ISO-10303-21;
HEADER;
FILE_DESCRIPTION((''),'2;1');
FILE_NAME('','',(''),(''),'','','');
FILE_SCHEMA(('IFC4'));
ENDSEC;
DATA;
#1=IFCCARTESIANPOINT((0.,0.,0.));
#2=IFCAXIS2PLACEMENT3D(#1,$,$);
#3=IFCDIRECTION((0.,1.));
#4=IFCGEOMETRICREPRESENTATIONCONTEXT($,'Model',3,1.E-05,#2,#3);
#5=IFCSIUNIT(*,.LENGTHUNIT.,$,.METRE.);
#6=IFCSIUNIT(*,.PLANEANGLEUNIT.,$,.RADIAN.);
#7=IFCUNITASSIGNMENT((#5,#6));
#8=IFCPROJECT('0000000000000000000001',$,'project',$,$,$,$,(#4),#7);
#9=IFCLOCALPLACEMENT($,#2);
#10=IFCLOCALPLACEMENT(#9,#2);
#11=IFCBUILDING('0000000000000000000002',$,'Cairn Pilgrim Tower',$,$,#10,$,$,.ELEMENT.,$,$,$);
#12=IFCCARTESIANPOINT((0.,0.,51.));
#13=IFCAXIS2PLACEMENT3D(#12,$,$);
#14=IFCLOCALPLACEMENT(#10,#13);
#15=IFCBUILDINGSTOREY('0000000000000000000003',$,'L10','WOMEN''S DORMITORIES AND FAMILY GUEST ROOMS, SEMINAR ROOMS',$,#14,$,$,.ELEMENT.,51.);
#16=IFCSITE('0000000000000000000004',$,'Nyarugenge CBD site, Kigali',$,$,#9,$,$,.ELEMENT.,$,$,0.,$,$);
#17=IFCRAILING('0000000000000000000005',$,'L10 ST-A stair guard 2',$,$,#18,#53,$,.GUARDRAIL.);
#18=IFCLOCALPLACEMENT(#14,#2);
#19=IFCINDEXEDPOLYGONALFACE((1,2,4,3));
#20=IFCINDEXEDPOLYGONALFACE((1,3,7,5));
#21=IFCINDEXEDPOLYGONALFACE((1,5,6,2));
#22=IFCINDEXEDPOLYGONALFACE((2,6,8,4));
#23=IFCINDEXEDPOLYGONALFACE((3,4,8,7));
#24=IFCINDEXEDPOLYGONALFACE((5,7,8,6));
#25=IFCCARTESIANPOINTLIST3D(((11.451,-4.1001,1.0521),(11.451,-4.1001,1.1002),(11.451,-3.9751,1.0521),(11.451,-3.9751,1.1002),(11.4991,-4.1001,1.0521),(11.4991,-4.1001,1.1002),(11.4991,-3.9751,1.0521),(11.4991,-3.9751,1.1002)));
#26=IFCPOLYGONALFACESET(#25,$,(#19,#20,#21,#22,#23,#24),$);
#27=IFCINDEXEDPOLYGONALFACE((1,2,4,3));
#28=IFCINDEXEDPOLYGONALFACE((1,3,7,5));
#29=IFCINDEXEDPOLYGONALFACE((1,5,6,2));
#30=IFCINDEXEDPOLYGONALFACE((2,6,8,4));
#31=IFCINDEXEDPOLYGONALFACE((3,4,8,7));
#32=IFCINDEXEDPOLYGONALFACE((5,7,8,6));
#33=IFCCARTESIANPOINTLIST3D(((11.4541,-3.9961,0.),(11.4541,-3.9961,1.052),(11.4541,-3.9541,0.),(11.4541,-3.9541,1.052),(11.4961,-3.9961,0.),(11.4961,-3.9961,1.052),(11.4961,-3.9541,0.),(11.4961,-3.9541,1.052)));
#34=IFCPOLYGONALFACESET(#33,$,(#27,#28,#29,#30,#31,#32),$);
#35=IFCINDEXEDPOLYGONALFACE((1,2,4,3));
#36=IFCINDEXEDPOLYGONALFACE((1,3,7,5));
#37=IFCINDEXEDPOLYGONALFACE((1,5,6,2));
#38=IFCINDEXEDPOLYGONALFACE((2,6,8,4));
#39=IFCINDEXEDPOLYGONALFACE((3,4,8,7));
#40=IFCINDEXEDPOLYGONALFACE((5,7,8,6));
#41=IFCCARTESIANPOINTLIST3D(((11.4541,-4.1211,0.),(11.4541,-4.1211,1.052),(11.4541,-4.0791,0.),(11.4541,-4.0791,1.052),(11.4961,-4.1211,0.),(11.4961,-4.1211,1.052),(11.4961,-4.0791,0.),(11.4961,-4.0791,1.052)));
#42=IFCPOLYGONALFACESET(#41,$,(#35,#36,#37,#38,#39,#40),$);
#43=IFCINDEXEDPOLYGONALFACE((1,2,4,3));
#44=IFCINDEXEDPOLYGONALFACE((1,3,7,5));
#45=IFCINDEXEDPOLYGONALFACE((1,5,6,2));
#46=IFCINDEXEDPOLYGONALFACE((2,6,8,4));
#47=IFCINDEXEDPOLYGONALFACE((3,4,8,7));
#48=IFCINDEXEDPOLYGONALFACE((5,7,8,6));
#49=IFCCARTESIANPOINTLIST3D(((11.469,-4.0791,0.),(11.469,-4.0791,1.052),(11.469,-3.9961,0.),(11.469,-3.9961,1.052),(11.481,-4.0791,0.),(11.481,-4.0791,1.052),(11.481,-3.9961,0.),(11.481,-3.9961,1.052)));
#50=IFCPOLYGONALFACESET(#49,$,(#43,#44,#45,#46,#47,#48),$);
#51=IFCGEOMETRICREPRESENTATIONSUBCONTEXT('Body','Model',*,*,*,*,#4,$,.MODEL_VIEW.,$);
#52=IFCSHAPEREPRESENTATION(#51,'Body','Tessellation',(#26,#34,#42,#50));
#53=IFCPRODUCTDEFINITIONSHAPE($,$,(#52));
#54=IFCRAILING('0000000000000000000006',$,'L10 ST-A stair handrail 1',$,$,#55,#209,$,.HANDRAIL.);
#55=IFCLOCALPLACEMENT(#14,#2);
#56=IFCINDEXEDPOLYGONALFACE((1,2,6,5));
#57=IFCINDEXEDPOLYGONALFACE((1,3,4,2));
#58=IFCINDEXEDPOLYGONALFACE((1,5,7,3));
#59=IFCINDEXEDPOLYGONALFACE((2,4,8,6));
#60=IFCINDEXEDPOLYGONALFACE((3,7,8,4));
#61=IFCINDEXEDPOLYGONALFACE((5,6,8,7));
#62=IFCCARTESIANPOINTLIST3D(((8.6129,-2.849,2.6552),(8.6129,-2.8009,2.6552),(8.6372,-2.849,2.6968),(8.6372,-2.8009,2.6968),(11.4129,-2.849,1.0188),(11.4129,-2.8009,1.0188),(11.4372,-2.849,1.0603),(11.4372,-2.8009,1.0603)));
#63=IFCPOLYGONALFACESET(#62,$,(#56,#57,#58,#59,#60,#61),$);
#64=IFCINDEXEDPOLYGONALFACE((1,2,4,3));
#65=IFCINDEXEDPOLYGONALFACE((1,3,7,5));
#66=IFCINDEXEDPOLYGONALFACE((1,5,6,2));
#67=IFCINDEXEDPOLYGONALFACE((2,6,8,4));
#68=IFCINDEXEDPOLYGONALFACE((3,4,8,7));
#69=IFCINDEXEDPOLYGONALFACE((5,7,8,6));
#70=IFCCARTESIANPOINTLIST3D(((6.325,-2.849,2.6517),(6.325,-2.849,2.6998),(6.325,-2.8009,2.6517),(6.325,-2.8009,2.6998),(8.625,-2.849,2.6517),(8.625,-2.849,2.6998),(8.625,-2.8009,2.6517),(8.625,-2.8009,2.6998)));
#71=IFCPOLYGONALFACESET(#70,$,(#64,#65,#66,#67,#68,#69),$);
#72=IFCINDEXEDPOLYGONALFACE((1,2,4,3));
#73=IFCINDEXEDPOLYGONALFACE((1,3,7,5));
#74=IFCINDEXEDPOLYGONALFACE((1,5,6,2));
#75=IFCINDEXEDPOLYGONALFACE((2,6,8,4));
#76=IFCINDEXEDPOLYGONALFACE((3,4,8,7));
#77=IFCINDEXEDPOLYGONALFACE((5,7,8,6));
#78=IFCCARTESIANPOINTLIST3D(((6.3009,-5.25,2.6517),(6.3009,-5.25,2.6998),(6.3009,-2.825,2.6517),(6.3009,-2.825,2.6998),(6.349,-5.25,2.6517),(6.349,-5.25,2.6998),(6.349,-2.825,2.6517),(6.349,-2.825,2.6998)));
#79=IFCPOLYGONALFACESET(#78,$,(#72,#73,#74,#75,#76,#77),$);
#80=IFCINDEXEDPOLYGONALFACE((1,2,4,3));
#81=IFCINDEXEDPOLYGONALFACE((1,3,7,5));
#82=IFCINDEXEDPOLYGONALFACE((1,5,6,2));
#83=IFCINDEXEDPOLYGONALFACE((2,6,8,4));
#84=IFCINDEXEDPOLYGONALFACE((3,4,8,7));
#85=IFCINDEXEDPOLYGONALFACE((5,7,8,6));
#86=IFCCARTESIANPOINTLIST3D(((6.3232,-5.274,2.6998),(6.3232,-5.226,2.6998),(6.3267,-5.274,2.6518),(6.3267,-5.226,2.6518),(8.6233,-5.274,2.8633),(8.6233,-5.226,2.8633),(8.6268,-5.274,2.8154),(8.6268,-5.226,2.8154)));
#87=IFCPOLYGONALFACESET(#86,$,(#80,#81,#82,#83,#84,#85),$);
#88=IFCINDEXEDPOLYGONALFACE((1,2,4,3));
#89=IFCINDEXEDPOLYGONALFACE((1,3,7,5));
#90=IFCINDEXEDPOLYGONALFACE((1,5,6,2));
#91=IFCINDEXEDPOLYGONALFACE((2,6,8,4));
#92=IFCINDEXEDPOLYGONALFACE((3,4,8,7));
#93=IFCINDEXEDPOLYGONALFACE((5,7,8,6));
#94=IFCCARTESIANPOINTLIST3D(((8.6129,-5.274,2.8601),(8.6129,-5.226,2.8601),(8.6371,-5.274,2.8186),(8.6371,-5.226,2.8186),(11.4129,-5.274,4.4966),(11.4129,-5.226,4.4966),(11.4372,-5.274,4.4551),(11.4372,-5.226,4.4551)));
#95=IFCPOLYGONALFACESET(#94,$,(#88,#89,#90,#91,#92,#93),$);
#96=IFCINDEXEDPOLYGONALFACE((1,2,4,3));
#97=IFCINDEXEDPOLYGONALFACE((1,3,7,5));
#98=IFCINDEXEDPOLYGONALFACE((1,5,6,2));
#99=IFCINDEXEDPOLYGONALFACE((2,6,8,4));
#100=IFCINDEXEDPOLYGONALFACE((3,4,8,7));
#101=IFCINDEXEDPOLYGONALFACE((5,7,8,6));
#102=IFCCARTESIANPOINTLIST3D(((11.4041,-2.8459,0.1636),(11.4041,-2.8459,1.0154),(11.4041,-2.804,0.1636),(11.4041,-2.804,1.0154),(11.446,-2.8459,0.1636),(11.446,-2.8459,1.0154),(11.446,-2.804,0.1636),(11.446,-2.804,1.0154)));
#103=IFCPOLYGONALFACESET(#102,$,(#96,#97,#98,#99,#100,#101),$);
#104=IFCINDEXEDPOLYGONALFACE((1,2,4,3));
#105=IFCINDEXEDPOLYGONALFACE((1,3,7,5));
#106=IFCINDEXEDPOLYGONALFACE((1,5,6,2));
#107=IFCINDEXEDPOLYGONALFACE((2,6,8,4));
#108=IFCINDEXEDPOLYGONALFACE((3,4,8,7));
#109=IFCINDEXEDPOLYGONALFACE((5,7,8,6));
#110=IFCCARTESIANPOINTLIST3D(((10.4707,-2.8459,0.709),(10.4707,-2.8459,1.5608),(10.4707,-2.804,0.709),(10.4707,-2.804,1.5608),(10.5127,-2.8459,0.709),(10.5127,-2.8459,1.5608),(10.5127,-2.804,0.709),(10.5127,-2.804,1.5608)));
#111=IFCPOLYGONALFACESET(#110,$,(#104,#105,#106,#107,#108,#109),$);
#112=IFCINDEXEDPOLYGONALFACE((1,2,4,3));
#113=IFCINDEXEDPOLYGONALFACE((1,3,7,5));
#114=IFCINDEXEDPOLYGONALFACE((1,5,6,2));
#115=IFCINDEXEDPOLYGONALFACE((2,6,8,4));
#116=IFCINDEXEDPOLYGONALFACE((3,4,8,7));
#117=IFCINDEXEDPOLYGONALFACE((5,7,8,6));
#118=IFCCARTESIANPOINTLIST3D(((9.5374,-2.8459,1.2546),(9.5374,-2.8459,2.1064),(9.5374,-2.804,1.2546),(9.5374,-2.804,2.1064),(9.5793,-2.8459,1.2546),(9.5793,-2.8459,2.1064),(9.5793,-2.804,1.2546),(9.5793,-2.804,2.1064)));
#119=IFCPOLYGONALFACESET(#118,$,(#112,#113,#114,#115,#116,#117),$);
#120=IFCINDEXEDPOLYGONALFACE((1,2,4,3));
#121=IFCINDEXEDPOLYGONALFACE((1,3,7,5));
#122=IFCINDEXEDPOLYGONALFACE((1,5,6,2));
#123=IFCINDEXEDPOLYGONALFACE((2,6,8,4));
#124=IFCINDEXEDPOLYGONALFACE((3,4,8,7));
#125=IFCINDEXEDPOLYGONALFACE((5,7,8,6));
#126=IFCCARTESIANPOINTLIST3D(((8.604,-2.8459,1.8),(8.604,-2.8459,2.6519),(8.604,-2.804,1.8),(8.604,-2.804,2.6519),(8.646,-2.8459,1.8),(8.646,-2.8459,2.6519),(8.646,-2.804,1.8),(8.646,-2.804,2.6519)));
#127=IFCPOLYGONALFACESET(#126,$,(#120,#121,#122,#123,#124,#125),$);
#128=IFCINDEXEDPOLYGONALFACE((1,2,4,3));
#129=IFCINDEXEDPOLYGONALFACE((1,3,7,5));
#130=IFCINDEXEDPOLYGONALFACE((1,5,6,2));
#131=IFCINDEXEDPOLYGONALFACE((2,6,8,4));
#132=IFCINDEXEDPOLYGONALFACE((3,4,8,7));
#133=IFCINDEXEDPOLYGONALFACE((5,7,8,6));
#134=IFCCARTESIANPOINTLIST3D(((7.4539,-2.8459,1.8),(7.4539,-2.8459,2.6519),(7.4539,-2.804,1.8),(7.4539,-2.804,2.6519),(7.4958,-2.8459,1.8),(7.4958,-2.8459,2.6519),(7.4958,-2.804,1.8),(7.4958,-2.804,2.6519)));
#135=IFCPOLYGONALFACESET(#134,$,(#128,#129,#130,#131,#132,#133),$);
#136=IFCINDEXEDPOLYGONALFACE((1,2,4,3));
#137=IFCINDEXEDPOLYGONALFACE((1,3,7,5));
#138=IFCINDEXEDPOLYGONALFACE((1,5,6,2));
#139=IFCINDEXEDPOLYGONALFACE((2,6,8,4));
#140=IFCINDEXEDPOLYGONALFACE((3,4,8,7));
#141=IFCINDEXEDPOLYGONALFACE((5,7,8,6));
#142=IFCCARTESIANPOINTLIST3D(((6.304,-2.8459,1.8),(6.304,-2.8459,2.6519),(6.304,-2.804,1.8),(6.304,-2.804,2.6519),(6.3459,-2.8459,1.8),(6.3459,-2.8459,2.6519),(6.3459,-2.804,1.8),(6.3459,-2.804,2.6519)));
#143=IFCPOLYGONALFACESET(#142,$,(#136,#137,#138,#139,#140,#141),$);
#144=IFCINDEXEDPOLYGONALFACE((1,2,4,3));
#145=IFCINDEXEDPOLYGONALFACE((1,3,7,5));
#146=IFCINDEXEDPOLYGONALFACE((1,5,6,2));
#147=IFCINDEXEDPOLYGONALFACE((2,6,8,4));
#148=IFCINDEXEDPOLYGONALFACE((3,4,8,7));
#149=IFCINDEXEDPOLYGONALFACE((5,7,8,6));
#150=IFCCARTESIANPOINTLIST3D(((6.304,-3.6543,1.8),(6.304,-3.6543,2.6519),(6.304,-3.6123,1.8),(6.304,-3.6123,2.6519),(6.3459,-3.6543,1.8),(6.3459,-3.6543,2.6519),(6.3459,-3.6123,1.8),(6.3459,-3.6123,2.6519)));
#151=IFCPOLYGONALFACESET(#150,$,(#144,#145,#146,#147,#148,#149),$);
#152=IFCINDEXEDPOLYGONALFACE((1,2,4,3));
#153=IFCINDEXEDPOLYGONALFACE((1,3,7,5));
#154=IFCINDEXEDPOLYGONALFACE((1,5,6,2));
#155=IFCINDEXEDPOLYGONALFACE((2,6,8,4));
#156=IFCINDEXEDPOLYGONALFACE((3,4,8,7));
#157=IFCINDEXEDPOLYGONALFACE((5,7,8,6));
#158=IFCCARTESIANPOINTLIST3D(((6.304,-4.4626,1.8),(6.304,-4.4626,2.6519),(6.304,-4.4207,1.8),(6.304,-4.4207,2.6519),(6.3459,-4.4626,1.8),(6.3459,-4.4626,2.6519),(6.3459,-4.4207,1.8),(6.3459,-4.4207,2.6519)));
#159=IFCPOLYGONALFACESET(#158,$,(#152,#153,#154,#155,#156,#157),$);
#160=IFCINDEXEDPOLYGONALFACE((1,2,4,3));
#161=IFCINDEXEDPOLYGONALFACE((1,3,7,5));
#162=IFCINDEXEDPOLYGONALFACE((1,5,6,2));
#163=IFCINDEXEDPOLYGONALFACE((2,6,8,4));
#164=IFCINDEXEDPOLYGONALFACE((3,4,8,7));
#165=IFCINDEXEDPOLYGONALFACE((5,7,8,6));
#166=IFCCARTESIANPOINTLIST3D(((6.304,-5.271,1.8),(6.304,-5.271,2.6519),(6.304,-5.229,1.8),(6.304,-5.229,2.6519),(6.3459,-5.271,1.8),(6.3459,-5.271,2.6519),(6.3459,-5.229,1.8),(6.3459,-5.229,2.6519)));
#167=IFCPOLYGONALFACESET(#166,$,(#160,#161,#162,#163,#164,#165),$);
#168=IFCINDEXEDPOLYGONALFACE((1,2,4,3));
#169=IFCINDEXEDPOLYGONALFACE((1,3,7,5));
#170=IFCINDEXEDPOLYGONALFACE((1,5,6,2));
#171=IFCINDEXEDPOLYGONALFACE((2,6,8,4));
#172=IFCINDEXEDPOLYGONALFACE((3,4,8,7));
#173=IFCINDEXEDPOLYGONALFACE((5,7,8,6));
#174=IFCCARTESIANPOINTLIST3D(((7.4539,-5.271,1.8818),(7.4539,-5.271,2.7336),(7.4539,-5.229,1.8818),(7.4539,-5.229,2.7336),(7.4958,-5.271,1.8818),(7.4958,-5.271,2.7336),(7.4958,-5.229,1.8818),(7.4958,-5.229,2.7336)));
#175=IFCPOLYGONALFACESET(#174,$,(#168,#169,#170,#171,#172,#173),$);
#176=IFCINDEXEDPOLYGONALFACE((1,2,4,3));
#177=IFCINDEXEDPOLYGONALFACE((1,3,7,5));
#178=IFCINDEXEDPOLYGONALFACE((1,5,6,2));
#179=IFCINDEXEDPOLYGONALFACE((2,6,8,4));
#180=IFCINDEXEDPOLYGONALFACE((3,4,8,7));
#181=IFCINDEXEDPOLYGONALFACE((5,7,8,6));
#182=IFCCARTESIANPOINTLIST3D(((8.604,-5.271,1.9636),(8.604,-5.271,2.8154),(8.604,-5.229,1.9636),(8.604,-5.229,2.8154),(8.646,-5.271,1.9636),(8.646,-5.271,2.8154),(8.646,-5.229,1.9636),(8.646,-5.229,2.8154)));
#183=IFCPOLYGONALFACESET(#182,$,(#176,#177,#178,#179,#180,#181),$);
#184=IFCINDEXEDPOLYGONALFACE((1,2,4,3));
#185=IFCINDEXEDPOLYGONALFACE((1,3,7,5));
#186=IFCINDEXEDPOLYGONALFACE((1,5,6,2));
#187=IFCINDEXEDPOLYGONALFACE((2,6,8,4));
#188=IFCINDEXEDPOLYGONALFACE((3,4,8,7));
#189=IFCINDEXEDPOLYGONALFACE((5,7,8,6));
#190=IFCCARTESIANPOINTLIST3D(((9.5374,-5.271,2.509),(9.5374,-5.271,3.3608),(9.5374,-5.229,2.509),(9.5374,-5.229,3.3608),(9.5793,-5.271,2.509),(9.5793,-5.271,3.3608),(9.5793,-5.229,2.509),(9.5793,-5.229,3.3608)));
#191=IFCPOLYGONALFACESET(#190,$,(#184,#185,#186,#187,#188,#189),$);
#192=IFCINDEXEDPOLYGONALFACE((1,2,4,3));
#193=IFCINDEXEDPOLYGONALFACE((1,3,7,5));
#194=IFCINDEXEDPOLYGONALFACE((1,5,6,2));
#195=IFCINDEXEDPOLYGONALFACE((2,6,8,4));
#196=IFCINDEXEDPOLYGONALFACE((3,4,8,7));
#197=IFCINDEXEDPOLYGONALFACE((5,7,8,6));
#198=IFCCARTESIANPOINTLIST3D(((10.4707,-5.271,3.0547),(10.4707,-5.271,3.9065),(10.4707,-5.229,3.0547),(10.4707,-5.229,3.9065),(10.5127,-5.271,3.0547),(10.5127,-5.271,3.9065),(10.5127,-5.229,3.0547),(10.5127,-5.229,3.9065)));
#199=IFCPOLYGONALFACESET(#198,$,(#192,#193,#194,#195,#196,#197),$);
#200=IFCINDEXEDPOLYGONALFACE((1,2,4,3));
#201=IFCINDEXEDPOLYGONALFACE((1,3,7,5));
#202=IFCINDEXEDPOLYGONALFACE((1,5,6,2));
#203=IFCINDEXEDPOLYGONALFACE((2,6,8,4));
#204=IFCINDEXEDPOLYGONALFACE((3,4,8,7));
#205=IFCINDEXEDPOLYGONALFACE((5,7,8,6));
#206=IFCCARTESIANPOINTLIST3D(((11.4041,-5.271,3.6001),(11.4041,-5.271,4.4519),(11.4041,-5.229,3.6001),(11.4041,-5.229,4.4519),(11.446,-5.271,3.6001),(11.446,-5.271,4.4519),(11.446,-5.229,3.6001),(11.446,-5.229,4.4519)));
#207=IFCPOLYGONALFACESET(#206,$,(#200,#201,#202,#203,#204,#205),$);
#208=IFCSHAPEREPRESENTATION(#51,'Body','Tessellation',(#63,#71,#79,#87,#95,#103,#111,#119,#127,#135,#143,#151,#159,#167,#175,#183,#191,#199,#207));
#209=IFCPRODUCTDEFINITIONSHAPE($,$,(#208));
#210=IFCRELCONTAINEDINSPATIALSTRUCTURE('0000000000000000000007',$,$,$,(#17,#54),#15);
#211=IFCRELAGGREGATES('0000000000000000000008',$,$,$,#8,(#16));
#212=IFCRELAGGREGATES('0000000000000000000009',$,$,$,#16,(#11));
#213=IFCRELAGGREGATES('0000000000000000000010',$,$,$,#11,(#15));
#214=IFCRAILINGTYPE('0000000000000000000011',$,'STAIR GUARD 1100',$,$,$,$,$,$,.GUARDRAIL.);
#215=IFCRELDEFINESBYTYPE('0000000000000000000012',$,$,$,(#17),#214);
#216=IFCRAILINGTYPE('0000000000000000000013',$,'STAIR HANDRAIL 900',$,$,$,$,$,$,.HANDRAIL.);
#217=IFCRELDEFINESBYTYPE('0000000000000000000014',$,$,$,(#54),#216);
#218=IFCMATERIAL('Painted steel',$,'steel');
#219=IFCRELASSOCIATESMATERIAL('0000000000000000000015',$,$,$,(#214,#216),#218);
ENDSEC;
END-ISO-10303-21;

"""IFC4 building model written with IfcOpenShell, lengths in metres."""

from ifc_helpers import new_model, si_unit, direction, frame, origin, origin_2d, place, context, subcontext, project, spatial, polyline, rectangle, outline, extrude, material, type_object, element, save


model = new_model("IFC4")

# Units and contexts
model_context = context("Model", 3, precision=1e-05, world=origin(), true_north=direction((0.0, 1.0)))
body_context = subcontext(model_context, "Body", "Model", "MODEL_VIEW")
ifc_project = project(units=[si_unit("LENGTHUNIT", "METRE"), si_unit("PLANEANGLEUNIT", "RADIAN")], contexts=[model_context])

# Site, building, storey
site_placement = place(None, origin())
site = spatial("IfcSite", under=ifc_project, at=site_placement, Name="Nyarugenge CBD site, Kigali", CompositionType="ELEMENT", RefElevation=0.0)
building_placement = place(site_placement, origin())
building = spatial("IfcBuilding", under=site, at=building_placement, Name="Cairn Pilgrim Tower", CompositionType="ELEMENT")
storey_placement = place(building_placement, frame((0.0, 0.0, 51.0)))
storey = spatial("IfcBuildingStorey", under=building, at=storey_placement, Name="L10", Description="WOMEN'S DORMITORIES AND FAMILY GUEST ROOMS, SEMINAR ROOMS", CompositionType="ELEMENT", Elevation=51.0)

# Shared definitions
ifc_material_1 = material(Name="Painted steel", Category="steel")

# Railings
railing_type_1 = type_object("IfcRailingType", Name="STAIR GUARD 1100", PredefinedType="GUARDRAIL", material=ifc_material_1)
railing_1_placement = place(storey_placement, frame((11.4751, -3.9751, 0.0)))
element("IfcRailing", 1, at=railing_1_placement, inside=storey, type_object=railing_type_1, Name="L10 ST-A stair guard 2", PredefinedType="GUARDRAIL", context=body_context, shape_type="SweptSolid", body=[
    extrude(rectangle(XDim=0.0481, YDim=0.0481, at=origin_2d()), frame((0.0, 0.0, 1.0762), z_axis=(0.0, -1.0, 0.0), x_axis=(1.0, 0.0, 0.0)), (0.0, 0.0, 1.0), 0.125),
    extrude(rectangle(XDim=0.042, YDim=0.042, at=origin_2d()), origin(), (0.0, 0.0, 1.0), 1.052),
    extrude(rectangle(XDim=0.042, YDim=0.042, at=origin_2d()), frame((0.0, -0.125, 0.0)), (0.0, 0.0, 1.0), 1.052),
    extrude(outline(polyline([(0.021, 0.0), (0.104, 0.0), (0.104, 1.052), (0.021, 1.052), (0.021, 0.0)])), frame((0.0059, 0.0, 0.0), z_axis=(-1.0, 0.0, 0.0), x_axis=(0.0, -1.0, 0.0)), (0.0, 0.0, 1.0), 0.012),
])
railing_type_2 = type_object("IfcRailingType", Name="STAIR HANDRAIL 900", PredefinedType="HANDRAIL", material=ifc_material_1)
railing_2_placement = place(storey_placement, frame((11.425, -2.825, 0.1636)))
element("IfcRailing", 2, at=railing_2_placement, inside=storey, type_object=railing_type_2, Name="L10 ST-A stair handrail 1", PredefinedType="HANDRAIL", context=body_context, shape_type="SweptSolid", body=[
    extrude(rectangle(XDim=0.0481, YDim=0.0481, at=origin_2d()), frame((0.0, 0.0, 0.876), z_axis=(-0.863361, 0.0, 0.504587), x_axis=(0.0, -1.0, 0.0)), (0.0, 0.0, 1.0), 3.2432),
    extrude(rectangle(XDim=0.0481, YDim=0.0481, at=origin_2d()), frame((-2.8, 0.0, 2.5122), z_axis=(-1.0, 0.0, 0.0), x_axis=(0.0, -1.0, 0.0)), (0.0, 0.0, 1.0), 2.3),
    extrude(rectangle(XDim=0.0481, YDim=0.0481, at=origin_2d()), frame((-5.1001, 0.0, 2.5122), z_axis=(0.0, -1.0, 0.0), x_axis=(1.0, 0.0, 0.0)), (0.0, 0.0, 1.0), 2.425),
    extrude(rectangle(XDim=0.0481, YDim=0.0481, at=origin_2d()), frame((-5.1001, -2.425, 2.5122), z_axis=(0.997481, 0.0, 0.070939), x_axis=(0.0, 1.0, 0.0)), (0.0, 0.0, 1.0), 2.3059),
    extrude(rectangle(XDim=0.0481, YDim=0.0481, at=origin_2d()), frame((-2.8, -2.425, 2.6758), z_axis=(0.863361, 0.0, 0.504587), x_axis=(0.0, 1.0, 0.0)), (0.0, 0.0, 1.0), 3.2432),
    extrude(rectangle(XDim=0.042, YDim=0.042, at=origin_2d()), origin(), (0.0, 0.0, 1.0), 0.8518),
    extrude(rectangle(XDim=0.042, YDim=0.042, at=origin_2d()), frame((-0.9333, 0.0, 0.5454)), (0.0, 0.0, 1.0), 0.8518),
    extrude(rectangle(XDim=0.042, YDim=0.042, at=origin_2d()), frame((-1.8667, 0.0, 1.0911)), (0.0, 0.0, 1.0), 0.8518),
    extrude(rectangle(XDim=0.042, YDim=0.042, at=origin_2d()), frame((-2.8, 0.0, 1.6365)), (0.0, 0.0, 1.0), 0.8518),
    extrude(rectangle(XDim=0.042, YDim=0.042, at=origin_2d()), frame((-3.9502, 0.0, 1.6365)), (0.0, 0.0, 1.0), 0.8518),
    extrude(rectangle(XDim=0.042, YDim=0.042, at=origin_2d()), frame((-5.1001, 0.0, 1.6365)), (0.0, 0.0, 1.0), 0.8518),
    extrude(rectangle(XDim=0.042, YDim=0.042, at=origin_2d()), frame((-5.1001, -0.8083, 1.6365)), (0.0, 0.0, 1.0), 0.8518),
    extrude(rectangle(XDim=0.042, YDim=0.042, at=origin_2d()), frame((-5.1001, -1.6167, 1.6365)), (0.0, 0.0, 1.0), 0.8518),
    extrude(rectangle(XDim=0.042, YDim=0.042, at=origin_2d()), frame((-5.1001, -2.425, 1.6365)), (0.0, 0.0, 1.0), 0.8518),
    extrude(rectangle(XDim=0.042, YDim=0.042, at=origin_2d()), frame((-3.9502, -2.425, 1.7183)), (0.0, 0.0, 1.0), 0.8518),
    extrude(rectangle(XDim=0.042, YDim=0.042, at=origin_2d()), frame((-2.8, -2.425, 1.8)), (0.0, 0.0, 1.0), 0.8518),
    extrude(rectangle(XDim=0.042, YDim=0.042, at=origin_2d()), frame((-1.8667, -2.425, 2.3455)), (0.0, 0.0, 1.0), 0.8518),
    extrude(rectangle(XDim=0.042, YDim=0.042, at=origin_2d()), frame((-0.9333, -2.425, 2.8911)), (0.0, 0.0, 1.0), 0.8518),
    extrude(rectangle(XDim=0.042, YDim=0.042, at=origin_2d()), frame((0.0, -2.425, 3.4365)), (0.0, 0.0, 1.0), 0.8518),
])

save(model, "model.ifc")
